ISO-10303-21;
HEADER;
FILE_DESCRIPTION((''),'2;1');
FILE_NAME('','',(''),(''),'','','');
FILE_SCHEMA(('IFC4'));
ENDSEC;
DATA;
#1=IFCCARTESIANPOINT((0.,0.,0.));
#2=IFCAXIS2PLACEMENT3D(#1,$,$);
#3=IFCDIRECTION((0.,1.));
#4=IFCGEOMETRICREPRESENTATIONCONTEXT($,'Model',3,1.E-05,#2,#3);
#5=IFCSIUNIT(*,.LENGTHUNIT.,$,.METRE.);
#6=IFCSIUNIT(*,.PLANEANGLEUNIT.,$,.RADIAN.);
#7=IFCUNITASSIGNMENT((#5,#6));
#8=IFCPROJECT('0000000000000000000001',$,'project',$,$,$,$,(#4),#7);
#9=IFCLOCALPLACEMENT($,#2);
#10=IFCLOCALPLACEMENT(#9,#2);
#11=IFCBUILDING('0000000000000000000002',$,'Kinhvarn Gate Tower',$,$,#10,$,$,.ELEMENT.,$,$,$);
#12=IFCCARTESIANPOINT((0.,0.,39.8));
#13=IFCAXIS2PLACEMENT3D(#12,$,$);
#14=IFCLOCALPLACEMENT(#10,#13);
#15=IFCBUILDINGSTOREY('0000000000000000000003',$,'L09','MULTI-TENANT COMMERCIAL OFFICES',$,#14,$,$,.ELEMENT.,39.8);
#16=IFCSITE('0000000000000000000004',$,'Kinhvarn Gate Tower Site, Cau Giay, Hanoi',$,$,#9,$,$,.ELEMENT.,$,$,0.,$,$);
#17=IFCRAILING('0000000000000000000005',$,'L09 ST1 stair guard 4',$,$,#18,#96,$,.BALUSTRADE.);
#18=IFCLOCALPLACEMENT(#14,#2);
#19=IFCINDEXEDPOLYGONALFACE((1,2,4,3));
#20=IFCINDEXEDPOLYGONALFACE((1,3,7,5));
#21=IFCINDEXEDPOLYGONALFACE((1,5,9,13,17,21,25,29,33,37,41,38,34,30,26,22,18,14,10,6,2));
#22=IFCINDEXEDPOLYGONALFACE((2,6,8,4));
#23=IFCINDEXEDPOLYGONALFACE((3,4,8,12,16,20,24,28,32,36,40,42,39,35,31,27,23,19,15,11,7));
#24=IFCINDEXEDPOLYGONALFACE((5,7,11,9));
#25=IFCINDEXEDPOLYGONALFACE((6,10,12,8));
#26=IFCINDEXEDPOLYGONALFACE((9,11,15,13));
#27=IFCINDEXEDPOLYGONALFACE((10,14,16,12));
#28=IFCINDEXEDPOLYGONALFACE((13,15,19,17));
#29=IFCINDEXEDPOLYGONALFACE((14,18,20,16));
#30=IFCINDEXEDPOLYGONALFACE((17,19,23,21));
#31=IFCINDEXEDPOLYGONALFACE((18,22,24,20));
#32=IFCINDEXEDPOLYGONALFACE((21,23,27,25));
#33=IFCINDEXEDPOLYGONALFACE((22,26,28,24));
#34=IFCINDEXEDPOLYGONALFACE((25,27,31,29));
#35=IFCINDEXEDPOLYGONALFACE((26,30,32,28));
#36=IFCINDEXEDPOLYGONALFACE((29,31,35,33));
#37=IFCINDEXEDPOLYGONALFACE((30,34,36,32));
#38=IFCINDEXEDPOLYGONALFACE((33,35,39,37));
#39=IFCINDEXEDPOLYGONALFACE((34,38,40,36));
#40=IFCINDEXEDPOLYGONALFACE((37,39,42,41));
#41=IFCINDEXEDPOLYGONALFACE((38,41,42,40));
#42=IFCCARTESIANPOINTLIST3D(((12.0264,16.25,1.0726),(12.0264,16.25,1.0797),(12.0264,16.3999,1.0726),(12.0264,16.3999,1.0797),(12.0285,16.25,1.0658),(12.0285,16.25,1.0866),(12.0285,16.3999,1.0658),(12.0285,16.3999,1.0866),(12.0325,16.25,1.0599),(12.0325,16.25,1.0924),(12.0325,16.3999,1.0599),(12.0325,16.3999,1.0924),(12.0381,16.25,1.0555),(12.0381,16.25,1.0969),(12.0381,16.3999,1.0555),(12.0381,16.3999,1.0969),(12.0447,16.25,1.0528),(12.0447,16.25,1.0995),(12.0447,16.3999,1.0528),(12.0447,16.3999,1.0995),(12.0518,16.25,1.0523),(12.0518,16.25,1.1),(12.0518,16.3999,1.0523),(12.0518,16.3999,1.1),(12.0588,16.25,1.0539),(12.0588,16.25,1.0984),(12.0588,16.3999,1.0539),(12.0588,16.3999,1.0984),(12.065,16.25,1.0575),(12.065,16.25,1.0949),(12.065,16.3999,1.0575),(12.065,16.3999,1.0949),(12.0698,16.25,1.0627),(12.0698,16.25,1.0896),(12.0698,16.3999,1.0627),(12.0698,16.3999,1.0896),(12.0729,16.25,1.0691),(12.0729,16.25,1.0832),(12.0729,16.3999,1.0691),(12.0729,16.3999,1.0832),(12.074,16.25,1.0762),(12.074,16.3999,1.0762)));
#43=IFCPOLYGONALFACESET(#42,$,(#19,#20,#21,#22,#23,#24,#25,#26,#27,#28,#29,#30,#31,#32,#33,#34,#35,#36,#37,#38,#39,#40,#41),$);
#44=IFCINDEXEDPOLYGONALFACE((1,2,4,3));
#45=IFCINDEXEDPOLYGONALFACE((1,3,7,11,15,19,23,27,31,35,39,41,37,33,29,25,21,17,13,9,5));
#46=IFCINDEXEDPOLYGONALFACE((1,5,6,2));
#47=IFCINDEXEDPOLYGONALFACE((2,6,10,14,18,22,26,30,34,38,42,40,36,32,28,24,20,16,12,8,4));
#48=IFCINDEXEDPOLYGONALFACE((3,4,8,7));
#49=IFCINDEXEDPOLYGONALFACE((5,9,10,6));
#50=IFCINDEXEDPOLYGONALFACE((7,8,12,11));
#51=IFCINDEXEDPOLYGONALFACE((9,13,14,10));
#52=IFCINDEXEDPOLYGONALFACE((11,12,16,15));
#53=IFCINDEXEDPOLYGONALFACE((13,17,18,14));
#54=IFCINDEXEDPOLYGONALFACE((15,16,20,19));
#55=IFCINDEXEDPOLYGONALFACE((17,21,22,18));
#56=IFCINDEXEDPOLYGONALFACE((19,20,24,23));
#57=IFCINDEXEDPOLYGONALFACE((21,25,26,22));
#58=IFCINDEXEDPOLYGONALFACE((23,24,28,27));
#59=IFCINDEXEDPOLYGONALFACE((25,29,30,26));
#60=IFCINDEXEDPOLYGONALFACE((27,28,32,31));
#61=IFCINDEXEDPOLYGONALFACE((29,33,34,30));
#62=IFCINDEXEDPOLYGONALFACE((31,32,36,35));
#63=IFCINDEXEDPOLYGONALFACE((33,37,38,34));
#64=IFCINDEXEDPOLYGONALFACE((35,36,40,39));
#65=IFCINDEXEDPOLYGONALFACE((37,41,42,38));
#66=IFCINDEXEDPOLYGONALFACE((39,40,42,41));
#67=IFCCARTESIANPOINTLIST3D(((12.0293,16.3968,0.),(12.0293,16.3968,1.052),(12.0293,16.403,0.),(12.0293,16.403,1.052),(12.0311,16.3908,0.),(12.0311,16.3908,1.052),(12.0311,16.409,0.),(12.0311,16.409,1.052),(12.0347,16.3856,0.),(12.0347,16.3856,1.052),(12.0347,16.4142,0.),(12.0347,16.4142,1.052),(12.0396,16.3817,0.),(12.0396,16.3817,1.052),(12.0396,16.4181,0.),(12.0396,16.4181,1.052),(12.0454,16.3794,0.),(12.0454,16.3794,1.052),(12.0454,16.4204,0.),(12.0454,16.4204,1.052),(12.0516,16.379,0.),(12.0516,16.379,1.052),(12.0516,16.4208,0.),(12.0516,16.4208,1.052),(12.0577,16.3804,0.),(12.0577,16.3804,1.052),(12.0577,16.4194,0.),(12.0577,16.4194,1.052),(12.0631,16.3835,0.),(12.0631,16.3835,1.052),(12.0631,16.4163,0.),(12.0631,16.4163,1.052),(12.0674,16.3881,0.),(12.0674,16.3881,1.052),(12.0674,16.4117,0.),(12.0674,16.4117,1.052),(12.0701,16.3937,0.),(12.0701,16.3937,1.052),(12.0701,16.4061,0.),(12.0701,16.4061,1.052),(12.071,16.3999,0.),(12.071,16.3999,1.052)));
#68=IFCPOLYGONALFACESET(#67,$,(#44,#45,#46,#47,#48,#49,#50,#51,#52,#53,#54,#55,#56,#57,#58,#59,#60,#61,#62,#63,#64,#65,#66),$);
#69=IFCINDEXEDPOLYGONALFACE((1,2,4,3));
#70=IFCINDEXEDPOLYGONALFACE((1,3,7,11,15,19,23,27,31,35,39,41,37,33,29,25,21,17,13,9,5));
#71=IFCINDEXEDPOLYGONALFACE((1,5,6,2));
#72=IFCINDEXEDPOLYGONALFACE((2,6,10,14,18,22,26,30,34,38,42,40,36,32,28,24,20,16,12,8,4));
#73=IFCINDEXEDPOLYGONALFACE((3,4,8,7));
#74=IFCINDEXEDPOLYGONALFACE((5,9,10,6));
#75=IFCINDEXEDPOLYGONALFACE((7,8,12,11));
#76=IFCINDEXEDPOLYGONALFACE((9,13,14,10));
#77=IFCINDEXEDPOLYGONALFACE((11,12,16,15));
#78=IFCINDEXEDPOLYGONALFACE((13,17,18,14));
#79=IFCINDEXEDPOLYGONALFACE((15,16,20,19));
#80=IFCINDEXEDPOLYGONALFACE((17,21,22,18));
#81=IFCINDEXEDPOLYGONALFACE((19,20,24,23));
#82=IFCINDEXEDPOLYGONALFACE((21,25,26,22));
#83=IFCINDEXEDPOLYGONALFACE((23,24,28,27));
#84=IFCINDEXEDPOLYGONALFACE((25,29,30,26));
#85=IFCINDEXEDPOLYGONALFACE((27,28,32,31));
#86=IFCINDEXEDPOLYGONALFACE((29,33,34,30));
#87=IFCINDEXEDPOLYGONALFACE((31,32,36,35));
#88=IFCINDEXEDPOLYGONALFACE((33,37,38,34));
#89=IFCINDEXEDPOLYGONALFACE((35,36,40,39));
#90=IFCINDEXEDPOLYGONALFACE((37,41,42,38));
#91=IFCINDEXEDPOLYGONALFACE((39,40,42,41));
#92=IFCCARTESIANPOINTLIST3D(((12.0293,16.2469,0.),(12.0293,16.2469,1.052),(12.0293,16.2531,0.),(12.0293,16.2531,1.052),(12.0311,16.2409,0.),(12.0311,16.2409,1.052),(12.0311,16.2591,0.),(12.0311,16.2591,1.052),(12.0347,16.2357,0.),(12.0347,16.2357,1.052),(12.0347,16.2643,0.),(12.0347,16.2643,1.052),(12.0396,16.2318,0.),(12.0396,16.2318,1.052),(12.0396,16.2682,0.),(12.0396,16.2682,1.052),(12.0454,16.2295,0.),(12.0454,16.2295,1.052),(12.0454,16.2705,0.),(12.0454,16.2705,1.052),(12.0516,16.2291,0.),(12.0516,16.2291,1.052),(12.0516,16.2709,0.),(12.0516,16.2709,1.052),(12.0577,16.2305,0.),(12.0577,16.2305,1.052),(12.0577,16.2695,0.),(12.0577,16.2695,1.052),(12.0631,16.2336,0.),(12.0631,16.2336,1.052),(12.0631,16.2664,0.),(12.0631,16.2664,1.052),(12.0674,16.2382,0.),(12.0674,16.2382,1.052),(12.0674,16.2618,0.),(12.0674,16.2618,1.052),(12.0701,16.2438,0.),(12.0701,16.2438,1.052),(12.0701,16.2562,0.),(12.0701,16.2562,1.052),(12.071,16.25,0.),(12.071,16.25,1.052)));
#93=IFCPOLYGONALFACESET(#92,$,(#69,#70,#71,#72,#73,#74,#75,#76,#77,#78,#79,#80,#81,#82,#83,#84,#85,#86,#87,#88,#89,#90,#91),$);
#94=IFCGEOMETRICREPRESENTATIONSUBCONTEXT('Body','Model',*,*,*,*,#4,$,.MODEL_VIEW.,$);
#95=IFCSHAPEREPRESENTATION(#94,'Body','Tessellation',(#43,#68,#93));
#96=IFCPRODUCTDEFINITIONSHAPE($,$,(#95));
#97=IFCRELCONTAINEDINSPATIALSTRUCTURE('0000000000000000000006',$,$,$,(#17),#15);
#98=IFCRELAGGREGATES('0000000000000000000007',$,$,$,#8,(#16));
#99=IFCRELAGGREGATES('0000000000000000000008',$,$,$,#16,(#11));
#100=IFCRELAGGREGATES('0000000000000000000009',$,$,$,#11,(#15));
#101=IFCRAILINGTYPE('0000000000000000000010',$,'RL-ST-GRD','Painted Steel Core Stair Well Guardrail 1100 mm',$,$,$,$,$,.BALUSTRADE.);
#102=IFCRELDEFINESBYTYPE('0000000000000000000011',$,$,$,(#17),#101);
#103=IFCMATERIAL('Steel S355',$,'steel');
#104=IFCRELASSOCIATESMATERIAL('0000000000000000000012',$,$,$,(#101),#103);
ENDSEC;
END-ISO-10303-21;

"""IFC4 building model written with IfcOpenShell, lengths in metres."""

from ifc_helpers import new_model, si_unit, direction, frame, origin, origin_2d, place, context, subcontext, project, spatial, circle, extrude, material, type_object, element, save


model = new_model("IFC4")

# Units and contexts
model_context = context("Model", 3, precision=1e-05, world=origin(), true_north=direction((0.0, 1.0)))
body_context = subcontext(model_context, "Body", "Model", "MODEL_VIEW")
ifc_project = project(units=[si_unit("LENGTHUNIT", "METRE"), si_unit("PLANEANGLEUNIT", "RADIAN")], contexts=[model_context])

# Site, building, storey
site_placement = place(None, origin())
site = spatial("IfcSite", under=ifc_project, at=site_placement, Name="Kinhvarn Gate Tower Site, Cau Giay, Hanoi", CompositionType="ELEMENT", RefElevation=0.0)
building_placement = place(site_placement, origin())
building = spatial("IfcBuilding", under=site, at=building_placement, Name="Kinhvarn Gate Tower", CompositionType="ELEMENT")
storey_placement = place(building_placement, frame((0.0, 0.0, 39.8)))
storey = spatial("IfcBuildingStorey", under=building, at=storey_placement, Name="L09", Description="MULTI-TENANT COMMERCIAL OFFICES", CompositionType="ELEMENT", Elevation=39.8)

# Shared definitions
ifc_material_1 = material(Name="Steel S355", Category="steel")

# Railing
railing_type_1 = type_object("IfcRailingType", Name="RL-ST-GRD", Description="Painted Steel Core Stair Well Guardrail 1100 mm", PredefinedType="BALUSTRADE", material=ifc_material_1)
railing_1_placement = place(storey_placement, frame((12.05, 16.3999, 0.0)))
element("IfcRailing", 1, at=railing_1_placement, inside=storey, type_object=railing_type_1, Name="L09 ST1 stair guard 4", PredefinedType="BALUSTRADE", context=body_context, shape_type="SweptSolid", body=[
    extrude(circle(Radius=0.0239, at=origin_2d()), frame((0.0, 0.0, 1.0762), z_axis=(0.0, -1.0, 0.0), x_axis=(1.0, 0.0, 0.0)), (0.0, 0.0, 1.0), 0.1499),
    extrude(circle(Radius=0.021, at=origin_2d()), origin(), (0.0, 0.0, 1.0), 1.052),
    extrude(circle(Radius=0.021, at=origin_2d()), frame((0.0, -0.1499, 0.0)), (0.0, 0.0, 1.0), 1.052),
])

save(model, "model.ifc")
